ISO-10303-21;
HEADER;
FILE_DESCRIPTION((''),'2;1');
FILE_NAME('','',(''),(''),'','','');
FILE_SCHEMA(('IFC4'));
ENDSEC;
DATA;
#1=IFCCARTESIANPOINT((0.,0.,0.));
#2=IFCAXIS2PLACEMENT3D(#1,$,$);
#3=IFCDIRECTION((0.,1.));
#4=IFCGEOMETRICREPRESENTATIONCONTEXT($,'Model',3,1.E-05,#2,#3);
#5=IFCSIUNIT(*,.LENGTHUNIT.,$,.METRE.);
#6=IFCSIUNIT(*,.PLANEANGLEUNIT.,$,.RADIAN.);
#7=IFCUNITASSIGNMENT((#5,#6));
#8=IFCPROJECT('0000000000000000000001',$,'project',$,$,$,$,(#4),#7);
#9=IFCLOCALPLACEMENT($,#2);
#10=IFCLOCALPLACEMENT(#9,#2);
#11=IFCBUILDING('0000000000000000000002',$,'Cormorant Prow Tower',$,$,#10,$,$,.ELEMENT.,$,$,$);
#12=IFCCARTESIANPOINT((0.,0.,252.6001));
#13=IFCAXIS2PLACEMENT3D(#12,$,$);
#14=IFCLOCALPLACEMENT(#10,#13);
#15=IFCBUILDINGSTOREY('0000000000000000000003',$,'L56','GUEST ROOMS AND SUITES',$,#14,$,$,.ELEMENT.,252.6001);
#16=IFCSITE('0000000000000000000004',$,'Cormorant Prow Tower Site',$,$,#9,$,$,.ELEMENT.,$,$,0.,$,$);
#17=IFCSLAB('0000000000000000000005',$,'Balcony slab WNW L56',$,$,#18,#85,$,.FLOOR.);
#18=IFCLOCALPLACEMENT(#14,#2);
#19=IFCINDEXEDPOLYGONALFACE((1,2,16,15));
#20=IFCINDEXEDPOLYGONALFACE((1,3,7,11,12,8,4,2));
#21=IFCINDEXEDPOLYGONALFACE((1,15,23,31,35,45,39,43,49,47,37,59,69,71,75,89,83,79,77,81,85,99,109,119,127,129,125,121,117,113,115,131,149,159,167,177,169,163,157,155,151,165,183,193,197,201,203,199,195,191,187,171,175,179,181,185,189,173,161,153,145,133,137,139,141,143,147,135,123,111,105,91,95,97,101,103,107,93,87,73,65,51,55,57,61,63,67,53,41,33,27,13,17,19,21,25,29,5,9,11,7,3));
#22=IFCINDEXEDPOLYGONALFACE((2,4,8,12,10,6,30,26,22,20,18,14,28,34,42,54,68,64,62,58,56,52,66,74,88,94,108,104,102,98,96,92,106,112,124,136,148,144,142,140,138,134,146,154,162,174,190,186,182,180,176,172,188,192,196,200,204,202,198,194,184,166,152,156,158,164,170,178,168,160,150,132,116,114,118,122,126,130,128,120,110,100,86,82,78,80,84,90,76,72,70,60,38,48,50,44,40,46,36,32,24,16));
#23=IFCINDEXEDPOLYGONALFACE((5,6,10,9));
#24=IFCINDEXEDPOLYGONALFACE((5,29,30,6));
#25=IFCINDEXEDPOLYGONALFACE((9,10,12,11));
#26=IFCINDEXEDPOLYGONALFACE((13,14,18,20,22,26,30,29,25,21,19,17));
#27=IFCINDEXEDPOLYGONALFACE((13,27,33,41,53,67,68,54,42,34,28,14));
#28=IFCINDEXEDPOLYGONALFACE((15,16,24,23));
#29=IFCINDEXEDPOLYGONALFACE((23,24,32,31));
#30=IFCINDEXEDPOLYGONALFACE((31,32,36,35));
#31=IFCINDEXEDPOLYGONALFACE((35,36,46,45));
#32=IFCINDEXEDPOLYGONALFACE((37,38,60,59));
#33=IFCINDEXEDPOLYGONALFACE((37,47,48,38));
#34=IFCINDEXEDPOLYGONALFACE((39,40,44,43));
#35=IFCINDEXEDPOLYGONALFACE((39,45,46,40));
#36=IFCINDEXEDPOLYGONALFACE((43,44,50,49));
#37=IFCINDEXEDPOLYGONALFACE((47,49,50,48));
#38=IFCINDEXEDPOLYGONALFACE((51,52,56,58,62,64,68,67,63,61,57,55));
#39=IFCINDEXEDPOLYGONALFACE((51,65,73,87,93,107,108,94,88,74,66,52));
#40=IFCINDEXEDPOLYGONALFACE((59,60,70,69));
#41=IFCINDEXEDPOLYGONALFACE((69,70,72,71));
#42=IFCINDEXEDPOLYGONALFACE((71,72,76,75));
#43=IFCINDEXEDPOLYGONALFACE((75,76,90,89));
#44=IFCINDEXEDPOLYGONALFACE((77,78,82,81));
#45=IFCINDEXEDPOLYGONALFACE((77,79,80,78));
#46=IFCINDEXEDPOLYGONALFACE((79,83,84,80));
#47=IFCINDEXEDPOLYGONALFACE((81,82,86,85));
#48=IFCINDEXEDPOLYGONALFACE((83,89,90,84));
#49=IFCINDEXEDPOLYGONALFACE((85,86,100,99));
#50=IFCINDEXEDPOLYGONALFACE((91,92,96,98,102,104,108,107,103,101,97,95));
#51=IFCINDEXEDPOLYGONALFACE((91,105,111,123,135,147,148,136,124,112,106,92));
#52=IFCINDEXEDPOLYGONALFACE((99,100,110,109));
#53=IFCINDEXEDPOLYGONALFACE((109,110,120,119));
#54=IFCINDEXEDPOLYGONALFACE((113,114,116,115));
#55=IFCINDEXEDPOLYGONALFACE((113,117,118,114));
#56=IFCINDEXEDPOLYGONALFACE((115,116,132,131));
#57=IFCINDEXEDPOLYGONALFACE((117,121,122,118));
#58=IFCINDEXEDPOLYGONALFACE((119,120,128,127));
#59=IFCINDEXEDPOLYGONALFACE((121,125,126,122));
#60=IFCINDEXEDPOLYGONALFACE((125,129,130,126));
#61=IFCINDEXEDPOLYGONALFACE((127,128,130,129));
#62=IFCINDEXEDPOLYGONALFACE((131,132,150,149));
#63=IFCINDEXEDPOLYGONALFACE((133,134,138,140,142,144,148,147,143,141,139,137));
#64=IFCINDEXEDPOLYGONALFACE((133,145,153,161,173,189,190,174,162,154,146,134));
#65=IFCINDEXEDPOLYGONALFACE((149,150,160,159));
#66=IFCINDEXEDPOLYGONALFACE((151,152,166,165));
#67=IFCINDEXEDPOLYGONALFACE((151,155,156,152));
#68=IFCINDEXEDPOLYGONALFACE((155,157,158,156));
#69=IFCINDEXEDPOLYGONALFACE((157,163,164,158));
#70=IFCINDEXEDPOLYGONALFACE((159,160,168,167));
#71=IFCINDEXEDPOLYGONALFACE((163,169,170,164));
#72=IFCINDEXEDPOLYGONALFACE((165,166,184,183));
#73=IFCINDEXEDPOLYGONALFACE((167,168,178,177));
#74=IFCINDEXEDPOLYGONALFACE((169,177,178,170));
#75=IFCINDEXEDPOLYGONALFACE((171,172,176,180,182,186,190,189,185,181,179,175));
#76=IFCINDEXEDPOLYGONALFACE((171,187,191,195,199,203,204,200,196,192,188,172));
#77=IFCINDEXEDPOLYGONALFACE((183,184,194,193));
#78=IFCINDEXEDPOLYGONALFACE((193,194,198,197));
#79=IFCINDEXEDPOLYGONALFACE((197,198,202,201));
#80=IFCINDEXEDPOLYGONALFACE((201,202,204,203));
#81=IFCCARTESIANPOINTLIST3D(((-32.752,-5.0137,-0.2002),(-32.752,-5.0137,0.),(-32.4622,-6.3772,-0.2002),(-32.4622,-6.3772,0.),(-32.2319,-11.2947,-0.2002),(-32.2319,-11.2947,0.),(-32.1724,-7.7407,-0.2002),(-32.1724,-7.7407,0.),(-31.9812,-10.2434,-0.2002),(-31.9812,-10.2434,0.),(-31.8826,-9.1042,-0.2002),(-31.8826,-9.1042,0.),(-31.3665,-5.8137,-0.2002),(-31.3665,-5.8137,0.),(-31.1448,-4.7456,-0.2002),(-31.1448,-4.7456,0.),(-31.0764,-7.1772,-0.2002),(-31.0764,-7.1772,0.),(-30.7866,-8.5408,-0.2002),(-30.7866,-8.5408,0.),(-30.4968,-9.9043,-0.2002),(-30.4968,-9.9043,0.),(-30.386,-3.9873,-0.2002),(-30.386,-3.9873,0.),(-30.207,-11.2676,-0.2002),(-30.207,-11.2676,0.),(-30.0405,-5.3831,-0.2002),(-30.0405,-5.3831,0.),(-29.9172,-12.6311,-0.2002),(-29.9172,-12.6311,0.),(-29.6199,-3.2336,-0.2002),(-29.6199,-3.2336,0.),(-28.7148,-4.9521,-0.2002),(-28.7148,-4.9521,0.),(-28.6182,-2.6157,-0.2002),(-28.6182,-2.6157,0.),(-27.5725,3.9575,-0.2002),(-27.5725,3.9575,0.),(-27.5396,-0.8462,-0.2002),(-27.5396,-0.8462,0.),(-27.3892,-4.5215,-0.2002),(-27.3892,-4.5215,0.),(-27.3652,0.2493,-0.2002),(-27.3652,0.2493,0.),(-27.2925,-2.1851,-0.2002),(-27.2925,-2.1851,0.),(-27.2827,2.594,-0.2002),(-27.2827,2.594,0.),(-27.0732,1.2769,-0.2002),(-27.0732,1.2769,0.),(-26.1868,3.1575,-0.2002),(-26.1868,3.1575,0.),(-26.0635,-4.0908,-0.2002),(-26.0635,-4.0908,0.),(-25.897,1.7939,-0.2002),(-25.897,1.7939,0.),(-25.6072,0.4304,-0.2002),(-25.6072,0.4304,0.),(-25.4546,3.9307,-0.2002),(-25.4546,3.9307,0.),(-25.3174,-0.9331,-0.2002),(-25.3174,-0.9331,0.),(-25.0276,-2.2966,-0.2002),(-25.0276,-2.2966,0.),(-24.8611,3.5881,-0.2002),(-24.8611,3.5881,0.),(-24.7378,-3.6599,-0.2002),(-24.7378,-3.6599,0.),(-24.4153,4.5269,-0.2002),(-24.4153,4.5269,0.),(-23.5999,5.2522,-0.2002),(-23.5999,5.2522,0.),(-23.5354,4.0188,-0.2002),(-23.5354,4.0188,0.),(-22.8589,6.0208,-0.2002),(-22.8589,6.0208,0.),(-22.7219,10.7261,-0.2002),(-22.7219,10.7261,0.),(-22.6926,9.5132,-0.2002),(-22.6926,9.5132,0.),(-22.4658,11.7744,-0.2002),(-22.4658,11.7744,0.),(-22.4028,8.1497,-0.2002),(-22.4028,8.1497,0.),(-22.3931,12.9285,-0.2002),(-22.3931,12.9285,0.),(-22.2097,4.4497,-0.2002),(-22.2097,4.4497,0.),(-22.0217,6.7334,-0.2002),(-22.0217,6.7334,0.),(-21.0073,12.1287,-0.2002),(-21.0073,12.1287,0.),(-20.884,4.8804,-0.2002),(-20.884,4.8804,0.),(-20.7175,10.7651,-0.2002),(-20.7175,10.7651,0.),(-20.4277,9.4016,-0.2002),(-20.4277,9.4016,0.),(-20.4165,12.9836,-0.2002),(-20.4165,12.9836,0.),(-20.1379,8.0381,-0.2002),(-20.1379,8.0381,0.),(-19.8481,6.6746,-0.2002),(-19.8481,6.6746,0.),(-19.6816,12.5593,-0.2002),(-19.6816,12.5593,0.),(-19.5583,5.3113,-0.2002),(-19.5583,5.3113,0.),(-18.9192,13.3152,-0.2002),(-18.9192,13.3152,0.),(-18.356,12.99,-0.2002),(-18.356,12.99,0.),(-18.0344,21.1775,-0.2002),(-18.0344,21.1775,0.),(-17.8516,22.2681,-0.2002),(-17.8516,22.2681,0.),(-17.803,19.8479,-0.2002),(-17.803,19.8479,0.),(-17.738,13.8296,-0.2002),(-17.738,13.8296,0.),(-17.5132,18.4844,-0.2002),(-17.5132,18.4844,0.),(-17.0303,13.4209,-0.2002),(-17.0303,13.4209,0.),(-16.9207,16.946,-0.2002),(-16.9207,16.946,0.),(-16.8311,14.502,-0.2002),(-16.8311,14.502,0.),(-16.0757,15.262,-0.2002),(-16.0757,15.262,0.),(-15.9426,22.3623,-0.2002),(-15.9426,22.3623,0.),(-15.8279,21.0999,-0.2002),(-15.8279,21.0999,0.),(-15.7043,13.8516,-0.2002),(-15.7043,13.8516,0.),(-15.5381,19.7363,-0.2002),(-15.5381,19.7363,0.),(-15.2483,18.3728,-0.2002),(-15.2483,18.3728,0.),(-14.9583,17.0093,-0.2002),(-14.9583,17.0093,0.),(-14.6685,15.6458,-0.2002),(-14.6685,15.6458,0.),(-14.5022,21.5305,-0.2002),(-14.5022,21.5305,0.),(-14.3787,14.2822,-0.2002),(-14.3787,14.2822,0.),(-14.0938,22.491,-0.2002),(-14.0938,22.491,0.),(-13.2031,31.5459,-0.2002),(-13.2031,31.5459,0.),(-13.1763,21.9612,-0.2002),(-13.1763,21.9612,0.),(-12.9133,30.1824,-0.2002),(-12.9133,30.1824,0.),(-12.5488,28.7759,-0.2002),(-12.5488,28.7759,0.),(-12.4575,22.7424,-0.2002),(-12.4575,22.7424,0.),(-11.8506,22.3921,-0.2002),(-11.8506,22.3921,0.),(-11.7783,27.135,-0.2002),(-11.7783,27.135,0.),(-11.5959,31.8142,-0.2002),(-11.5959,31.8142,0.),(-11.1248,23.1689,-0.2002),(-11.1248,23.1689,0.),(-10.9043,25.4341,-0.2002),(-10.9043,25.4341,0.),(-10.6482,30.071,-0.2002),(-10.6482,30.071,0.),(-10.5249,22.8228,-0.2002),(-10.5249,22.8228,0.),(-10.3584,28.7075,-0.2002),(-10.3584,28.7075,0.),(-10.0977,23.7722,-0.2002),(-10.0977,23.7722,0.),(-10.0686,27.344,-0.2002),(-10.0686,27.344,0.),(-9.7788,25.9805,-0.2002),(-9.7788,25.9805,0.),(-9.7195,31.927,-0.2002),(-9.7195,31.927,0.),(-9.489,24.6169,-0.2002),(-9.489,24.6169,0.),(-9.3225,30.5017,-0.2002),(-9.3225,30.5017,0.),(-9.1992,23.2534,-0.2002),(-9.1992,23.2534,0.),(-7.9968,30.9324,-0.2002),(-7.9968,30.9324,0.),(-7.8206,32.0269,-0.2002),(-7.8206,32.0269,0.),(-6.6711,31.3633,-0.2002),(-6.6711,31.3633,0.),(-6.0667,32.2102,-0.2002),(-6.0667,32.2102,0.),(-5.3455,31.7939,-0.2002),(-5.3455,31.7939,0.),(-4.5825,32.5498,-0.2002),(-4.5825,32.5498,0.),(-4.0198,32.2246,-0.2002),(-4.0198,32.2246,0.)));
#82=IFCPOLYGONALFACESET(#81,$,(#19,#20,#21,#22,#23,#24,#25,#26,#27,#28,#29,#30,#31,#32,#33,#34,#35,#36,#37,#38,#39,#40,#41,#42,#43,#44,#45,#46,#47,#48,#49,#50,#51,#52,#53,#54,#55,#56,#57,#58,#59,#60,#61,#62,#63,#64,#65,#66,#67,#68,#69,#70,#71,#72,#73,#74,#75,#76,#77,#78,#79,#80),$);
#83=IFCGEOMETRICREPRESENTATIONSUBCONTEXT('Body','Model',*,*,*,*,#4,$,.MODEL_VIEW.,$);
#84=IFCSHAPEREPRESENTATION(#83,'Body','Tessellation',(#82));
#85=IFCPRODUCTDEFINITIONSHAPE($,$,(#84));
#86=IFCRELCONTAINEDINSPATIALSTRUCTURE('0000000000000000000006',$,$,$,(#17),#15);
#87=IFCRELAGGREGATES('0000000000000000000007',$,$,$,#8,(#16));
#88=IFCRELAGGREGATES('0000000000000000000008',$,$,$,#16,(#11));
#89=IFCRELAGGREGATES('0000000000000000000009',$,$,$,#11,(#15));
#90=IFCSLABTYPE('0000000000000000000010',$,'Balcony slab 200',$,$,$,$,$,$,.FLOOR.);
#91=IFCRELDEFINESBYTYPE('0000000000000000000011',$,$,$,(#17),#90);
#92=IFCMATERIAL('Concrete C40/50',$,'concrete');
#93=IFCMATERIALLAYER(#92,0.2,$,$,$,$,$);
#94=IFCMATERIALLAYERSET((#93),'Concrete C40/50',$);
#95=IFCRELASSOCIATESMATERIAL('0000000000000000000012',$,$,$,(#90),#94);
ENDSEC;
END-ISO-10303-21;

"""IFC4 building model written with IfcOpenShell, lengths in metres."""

from ifc_helpers import new_model, si_unit, direction, frame, origin, place, context, subcontext, project, spatial, polyline, outline, extrude, material, layer, layer_set, type_object, element, save


model = new_model("IFC4")

# Units and contexts
model_context = context("Model", 3, precision=1e-05, world=origin(), true_north=direction((0.0, 1.0)))
body_context = subcontext(model_context, "Body", "Model", "MODEL_VIEW")
ifc_project = project(units=[si_unit("LENGTHUNIT", "METRE"), si_unit("PLANEANGLEUNIT", "RADIAN")], contexts=[model_context])

# Site, building, storey
site_placement = place(None, origin())
site = spatial("IfcSite", under=ifc_project, at=site_placement, Name="Cormorant Prow Tower Site", CompositionType="ELEMENT", RefElevation=0.0)
building_placement = place(site_placement, origin())
building = spatial("IfcBuilding", under=site, at=building_placement, Name="Cormorant Prow Tower", CompositionType="ELEMENT")
storey_placement = place(building_placement, frame((0.0, 0.0, 252.6001)))
storey = spatial("IfcBuildingStorey", under=building, at=storey_placement, Name="L56", Description="GUEST ROOMS AND SUITES", CompositionType="ELEMENT", Elevation=252.6001)

# Slab
ifc_material_1 = material(Name="Concrete C40/50", Category="concrete")
ifc_layer_1 = layer(ifc_material_1, 0.2)
ifc_layer_set_1 = layer_set([ifc_layer_1], Name="Concrete C40/50")
slab_type_1 = type_object("IfcSlabType", Name="Balcony slab 200", PredefinedType="FLOOR", material=ifc_layer_set_1)
slab_1_placement = place(storey_placement, frame((0.0, 0.0, -0.2002)))
element("IfcSlab", 1, at=slab_1_placement, inside=storey, type_object=slab_type_1, Name="Balcony slab WNW L56", PredefinedType="FLOOR", context=body_context, shape_type="SweptSolid", body=[
    extrude(outline(polyline([(-4.0198, 32.2246), (-4.5825, 32.5498), (-6.0667, 32.2102), (-7.8206, 32.0269), (-9.7195, 31.927), (-11.5959, 31.8142), (-13.2031, 31.5459), (-12.9133, 30.1824), (-12.5488, 28.7759), (-11.7783, 27.135), (-10.9043, 25.4341), (-10.0977, 23.7722), (-11.1248, 23.1689), (-12.4575, 22.7424), (-14.0938, 22.491), (-15.9426, 22.3623), (-17.8516, 22.2681), (-18.0344, 21.1775), (-17.803, 19.8479), (-17.5132, 18.4844), (-16.9207, 16.946), (-16.0757, 15.262), (-16.8311, 14.502), (-17.738, 13.8296), (-18.9192, 13.3152), (-20.4165, 12.9836), (-22.3931, 12.9285), (-22.4658, 11.7744), (-22.7219, 10.7261), (-22.6926, 9.5132), (-22.4028, 8.1497), (-22.0217, 6.7334), (-22.8589, 6.0208), (-23.5999, 5.2522), (-24.4153, 4.5269), (-25.4546, 3.9307), (-27.5725, 3.9575), (-27.2827, 2.594), (-27.0732, 1.2769), (-27.3652, 0.2493), (-27.5396, -0.8462), (-27.2925, -2.1851), (-28.6182, -2.6157), (-29.6199, -3.2336), (-30.386, -3.9873), (-31.1448, -4.7456), (-32.752, -5.0137), (-32.4622, -6.3772), (-32.1724, -7.7407), (-31.8826, -9.1042), (-31.9812, -10.2434), (-32.2319, -11.2947), (-29.9172, -12.6311), (-30.207, -11.2676), (-30.4968, -9.9043), (-30.7866, -8.5408), (-31.0764, -7.1772), (-31.3665, -5.8137), (-30.0405, -5.3831), (-28.7148, -4.9521), (-27.3892, -4.5215), (-26.0635, -4.0908), (-24.7378, -3.6599), (-25.0276, -2.2966), (-25.3174, -0.9331), (-25.6072, 0.4304), (-25.897, 1.7939), (-26.1868, 3.1575), (-24.8611, 3.5881), (-23.5354, 4.0188), (-22.2097, 4.4497), (-20.884, 4.8804), (-19.5583, 5.3113), (-19.8481, 6.6746), (-20.1379, 8.0381), (-20.4277, 9.4016), (-20.7175, 10.7651), (-21.0073, 12.1287), (-19.6816, 12.5593), (-18.356, 12.99), (-17.0303, 13.4209), (-15.7043, 13.8516), (-14.3787, 14.2822), (-14.6685, 15.6458), (-14.9583, 17.0093), (-15.2483, 18.3728), (-15.5381, 19.7363), (-15.8279, 21.0999), (-14.5022, 21.5305), (-13.1763, 21.9612), (-11.8506, 22.3921), (-10.5249, 22.8228), (-9.1992, 23.2534), (-9.489, 24.6169), (-9.7788, 25.9805), (-10.0686, 27.344), (-10.3584, 28.7075), (-10.6482, 30.071), (-9.3225, 30.5017), (-7.9968, 30.9324), (-6.6711, 31.3633), (-5.3455, 31.7939), (-4.0198, 32.2246)])), origin(), (0.0, 0.0, 1.0), 0.2002),
])

save(model, "model.ifc")
